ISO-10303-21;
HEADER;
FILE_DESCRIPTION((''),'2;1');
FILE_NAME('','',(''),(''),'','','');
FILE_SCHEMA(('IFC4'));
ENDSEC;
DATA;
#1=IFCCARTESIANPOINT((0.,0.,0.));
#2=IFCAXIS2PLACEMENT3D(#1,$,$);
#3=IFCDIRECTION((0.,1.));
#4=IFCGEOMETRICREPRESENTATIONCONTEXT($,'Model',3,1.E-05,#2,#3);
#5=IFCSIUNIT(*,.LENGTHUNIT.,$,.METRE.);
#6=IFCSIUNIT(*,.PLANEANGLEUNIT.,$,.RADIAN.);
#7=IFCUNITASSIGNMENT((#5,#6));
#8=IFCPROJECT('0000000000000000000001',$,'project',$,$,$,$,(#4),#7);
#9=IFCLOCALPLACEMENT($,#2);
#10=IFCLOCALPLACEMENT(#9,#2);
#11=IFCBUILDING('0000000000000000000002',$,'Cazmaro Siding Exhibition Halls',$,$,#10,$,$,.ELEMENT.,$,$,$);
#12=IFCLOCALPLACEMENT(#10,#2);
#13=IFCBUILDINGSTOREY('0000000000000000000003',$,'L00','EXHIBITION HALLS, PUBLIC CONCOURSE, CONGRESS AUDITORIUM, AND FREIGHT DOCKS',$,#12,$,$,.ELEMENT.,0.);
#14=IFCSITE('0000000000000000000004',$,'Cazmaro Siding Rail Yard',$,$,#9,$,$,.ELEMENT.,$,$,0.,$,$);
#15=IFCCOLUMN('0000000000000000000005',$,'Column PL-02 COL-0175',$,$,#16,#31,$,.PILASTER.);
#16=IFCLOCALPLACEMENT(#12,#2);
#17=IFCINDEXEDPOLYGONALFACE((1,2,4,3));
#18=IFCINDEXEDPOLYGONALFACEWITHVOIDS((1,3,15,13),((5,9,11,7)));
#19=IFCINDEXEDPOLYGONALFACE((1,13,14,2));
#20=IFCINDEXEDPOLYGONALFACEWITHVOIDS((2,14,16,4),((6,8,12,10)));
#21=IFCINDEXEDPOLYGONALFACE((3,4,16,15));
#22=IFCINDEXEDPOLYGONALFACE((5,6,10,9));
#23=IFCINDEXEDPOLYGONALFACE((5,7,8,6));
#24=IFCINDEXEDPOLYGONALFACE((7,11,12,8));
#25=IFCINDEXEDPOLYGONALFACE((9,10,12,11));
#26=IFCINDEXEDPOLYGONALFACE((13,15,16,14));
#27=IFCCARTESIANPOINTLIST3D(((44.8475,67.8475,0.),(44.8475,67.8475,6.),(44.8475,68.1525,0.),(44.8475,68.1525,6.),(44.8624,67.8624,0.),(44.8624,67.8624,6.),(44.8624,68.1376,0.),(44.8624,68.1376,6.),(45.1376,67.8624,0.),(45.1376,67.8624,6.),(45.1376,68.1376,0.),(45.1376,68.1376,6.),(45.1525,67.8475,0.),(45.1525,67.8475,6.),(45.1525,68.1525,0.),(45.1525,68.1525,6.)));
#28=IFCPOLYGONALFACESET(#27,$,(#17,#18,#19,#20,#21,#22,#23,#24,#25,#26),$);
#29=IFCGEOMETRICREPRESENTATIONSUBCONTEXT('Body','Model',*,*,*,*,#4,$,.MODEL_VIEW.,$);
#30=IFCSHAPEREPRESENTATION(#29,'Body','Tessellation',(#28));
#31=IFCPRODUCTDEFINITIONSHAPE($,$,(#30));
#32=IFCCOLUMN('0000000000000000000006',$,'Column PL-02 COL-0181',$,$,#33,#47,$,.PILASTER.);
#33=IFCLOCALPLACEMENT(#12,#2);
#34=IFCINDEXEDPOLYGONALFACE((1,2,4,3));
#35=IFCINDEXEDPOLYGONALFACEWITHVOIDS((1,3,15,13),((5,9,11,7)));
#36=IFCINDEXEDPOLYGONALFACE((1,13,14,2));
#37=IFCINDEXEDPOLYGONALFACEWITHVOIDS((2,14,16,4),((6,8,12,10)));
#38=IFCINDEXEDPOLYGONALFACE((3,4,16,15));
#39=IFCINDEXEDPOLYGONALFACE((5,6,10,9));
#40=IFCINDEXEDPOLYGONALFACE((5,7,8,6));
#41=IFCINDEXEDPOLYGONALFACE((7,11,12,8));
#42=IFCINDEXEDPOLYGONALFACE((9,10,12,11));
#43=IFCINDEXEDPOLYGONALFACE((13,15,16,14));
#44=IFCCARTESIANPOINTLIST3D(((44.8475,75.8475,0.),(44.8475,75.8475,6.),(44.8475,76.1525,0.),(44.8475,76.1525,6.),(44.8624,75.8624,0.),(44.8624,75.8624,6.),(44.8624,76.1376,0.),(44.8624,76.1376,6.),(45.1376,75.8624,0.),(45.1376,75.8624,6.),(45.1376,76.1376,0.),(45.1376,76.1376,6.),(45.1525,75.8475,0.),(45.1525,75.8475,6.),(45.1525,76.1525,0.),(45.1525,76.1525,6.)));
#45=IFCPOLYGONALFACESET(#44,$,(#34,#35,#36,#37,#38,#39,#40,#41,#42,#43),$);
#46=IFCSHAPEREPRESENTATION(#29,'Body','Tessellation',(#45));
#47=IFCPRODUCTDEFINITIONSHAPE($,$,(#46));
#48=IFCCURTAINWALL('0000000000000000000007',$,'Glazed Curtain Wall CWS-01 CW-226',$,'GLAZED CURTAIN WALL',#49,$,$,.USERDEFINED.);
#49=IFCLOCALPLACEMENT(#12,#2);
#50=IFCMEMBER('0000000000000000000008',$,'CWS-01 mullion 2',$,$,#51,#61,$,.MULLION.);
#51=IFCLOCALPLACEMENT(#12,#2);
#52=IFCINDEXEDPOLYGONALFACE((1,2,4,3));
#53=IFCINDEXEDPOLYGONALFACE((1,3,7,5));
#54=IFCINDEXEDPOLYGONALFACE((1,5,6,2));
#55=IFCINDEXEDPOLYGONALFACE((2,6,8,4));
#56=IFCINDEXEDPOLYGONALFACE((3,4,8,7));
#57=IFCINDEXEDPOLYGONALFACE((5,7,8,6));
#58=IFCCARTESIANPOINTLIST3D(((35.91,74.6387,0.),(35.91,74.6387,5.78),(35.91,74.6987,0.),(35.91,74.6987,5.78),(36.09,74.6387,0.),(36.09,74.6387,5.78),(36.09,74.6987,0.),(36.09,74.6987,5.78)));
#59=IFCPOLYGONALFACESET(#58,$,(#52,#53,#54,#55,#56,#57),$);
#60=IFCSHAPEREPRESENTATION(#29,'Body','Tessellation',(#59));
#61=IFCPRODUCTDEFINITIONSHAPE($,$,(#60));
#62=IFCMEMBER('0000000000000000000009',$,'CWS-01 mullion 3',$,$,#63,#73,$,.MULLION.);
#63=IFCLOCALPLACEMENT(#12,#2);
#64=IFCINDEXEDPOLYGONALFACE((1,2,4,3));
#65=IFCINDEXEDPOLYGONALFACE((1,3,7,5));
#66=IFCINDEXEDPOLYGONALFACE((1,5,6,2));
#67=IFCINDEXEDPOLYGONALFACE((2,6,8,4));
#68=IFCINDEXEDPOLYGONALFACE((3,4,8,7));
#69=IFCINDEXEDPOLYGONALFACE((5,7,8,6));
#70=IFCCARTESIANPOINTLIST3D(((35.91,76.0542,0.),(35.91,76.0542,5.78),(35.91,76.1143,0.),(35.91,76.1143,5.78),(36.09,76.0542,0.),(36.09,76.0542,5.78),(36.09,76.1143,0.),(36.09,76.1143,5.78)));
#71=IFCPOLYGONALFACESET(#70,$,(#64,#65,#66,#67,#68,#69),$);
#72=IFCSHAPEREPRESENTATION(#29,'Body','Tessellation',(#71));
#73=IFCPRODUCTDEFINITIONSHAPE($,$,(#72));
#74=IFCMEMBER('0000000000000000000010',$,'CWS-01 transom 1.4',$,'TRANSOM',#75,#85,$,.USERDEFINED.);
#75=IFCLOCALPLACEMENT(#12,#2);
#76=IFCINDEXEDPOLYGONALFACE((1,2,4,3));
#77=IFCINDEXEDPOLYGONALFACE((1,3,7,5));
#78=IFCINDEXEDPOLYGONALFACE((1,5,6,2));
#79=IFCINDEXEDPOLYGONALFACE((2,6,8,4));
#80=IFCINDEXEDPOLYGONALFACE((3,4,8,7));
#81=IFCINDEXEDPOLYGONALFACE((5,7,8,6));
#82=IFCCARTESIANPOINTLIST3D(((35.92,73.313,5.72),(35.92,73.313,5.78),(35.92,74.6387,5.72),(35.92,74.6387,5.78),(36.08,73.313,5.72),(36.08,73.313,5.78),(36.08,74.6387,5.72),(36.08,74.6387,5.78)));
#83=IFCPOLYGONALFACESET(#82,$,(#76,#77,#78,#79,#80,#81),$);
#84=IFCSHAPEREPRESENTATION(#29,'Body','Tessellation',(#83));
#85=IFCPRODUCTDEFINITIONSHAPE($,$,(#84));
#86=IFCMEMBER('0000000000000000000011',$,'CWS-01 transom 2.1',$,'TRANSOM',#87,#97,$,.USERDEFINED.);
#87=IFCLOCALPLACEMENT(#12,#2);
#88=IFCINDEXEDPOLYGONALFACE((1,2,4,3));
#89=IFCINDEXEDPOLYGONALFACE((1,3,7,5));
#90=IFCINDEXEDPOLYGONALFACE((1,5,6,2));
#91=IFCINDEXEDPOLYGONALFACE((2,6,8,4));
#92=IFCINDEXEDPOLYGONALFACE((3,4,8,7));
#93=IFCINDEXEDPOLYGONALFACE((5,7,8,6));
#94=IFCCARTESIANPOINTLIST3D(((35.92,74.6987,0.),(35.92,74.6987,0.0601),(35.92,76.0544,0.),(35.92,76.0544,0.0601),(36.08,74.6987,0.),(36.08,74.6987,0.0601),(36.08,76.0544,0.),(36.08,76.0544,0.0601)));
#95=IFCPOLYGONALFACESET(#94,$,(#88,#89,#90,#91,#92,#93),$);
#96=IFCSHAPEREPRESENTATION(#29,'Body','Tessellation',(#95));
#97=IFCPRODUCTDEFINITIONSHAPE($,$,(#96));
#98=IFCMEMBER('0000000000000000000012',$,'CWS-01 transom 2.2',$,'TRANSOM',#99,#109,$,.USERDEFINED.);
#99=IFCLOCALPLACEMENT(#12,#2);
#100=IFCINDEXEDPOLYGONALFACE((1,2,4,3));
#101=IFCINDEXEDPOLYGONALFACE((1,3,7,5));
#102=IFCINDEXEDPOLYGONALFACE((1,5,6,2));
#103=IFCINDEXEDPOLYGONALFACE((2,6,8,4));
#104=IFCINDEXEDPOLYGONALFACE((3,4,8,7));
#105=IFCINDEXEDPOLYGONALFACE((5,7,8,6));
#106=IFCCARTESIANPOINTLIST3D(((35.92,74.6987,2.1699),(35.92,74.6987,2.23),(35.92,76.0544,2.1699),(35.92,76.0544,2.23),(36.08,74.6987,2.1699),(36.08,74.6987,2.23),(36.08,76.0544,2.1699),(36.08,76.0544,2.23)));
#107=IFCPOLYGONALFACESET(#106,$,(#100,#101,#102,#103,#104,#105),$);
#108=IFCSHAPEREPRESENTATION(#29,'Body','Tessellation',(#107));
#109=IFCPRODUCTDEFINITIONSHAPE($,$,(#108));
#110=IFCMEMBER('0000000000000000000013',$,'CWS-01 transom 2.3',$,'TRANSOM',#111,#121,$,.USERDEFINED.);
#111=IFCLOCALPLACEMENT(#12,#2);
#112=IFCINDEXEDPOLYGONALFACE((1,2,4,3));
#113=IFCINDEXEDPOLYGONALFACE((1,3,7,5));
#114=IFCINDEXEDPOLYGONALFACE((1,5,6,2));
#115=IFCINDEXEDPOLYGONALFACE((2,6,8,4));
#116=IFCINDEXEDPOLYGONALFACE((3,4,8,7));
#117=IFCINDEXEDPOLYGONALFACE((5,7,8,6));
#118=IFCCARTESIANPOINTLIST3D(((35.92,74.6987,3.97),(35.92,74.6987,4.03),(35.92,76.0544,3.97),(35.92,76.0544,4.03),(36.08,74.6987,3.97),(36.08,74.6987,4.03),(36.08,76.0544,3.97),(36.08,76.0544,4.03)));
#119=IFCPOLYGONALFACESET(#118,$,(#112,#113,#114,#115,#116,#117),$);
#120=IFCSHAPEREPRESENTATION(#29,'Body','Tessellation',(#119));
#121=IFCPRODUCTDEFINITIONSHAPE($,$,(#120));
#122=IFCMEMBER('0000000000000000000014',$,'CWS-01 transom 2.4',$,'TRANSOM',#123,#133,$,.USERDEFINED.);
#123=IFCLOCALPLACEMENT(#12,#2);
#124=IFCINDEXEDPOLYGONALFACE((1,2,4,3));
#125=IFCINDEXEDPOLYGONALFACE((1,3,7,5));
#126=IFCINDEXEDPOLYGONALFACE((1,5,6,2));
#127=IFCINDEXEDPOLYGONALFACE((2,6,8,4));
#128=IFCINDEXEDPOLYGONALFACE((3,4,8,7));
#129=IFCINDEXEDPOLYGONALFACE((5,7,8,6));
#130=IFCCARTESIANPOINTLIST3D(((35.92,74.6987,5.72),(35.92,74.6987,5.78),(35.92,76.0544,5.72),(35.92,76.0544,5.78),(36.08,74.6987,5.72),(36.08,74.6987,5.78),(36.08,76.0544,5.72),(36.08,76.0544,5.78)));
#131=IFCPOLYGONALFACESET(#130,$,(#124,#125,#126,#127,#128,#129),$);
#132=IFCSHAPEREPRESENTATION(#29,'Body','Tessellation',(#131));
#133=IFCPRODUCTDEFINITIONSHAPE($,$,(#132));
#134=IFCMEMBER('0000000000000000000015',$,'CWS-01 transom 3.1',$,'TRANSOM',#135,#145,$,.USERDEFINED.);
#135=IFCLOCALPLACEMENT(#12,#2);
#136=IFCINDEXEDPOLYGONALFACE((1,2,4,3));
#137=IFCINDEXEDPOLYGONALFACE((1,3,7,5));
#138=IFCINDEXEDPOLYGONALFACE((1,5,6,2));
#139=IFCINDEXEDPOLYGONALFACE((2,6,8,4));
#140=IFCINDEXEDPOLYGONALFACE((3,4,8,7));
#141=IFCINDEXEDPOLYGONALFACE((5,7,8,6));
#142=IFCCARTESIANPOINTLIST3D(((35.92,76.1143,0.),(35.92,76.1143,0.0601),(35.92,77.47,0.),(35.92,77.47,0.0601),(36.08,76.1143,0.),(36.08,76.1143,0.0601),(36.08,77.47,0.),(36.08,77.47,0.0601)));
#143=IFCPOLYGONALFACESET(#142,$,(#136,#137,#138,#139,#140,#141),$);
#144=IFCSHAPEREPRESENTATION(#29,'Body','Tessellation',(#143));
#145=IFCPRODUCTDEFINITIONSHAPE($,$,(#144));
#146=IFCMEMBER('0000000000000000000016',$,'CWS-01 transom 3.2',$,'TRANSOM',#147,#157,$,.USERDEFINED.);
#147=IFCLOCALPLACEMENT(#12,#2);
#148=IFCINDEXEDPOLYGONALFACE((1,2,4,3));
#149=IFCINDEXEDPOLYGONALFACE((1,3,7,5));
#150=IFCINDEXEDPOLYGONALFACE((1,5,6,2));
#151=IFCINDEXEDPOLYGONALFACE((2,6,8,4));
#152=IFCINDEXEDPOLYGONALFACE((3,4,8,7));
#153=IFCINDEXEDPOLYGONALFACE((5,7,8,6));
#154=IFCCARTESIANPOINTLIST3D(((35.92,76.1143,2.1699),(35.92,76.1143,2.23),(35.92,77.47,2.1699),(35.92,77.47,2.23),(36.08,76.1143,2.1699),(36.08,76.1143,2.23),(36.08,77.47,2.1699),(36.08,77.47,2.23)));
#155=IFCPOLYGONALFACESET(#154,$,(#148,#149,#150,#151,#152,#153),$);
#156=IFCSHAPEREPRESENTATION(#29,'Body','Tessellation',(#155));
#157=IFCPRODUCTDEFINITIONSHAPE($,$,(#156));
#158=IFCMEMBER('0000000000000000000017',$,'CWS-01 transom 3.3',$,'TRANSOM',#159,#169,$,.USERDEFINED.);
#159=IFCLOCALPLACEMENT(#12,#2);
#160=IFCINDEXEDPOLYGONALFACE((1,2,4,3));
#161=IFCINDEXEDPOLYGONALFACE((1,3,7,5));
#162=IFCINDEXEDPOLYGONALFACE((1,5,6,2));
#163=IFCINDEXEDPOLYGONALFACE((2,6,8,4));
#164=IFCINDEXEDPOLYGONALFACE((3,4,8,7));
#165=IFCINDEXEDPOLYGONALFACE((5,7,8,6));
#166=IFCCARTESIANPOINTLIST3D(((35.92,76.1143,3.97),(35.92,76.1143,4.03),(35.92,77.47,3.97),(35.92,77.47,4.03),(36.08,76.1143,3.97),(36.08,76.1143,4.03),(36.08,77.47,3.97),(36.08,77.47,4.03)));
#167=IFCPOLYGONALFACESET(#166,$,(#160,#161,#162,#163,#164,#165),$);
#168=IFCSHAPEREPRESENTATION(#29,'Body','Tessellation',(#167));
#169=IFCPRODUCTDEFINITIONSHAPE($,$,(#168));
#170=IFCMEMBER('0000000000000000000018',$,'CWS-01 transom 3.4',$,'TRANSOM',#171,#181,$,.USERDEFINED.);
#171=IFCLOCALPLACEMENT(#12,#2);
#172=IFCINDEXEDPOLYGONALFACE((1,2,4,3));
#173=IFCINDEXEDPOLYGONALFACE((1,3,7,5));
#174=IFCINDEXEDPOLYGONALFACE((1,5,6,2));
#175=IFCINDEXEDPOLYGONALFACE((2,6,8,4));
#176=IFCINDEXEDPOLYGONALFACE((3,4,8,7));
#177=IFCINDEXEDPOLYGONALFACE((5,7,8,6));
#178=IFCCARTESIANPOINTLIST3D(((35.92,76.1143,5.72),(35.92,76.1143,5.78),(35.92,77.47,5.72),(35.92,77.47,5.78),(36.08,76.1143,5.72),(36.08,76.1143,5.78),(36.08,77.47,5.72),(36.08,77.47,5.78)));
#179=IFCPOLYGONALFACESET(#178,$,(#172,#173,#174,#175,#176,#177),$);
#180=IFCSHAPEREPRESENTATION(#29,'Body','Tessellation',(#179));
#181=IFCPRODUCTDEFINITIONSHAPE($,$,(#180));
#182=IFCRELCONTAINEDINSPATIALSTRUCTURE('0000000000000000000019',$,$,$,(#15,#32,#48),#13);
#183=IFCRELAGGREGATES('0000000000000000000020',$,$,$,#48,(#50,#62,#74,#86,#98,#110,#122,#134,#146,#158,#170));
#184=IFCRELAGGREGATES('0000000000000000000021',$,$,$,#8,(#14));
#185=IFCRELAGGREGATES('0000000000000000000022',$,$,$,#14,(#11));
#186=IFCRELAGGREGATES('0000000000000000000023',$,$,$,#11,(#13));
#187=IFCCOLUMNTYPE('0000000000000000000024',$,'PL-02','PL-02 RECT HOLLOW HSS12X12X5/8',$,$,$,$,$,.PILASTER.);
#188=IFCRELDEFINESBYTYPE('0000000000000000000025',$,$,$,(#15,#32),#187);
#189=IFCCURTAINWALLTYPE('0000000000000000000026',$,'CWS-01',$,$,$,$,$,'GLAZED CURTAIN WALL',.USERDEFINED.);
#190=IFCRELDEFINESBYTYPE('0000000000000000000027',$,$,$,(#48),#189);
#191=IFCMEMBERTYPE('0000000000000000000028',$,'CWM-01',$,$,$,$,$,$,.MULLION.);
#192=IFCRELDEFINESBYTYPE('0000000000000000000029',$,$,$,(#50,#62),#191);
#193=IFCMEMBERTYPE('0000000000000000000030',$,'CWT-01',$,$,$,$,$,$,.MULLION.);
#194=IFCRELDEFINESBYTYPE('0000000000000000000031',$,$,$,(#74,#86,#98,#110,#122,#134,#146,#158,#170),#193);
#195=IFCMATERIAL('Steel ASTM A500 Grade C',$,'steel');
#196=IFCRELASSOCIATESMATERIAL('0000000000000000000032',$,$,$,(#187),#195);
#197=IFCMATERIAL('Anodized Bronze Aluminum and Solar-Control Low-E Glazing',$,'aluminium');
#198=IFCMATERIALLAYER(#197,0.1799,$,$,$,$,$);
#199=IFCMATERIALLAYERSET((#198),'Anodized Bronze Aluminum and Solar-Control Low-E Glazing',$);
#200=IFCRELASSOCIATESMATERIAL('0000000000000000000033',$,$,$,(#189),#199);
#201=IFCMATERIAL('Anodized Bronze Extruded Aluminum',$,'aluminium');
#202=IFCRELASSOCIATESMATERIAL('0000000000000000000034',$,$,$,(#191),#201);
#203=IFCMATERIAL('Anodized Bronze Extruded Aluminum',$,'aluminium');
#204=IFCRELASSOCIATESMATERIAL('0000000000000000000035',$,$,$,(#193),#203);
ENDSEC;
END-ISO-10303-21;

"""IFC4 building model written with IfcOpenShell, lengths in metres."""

from ifc_helpers import new_model, si_unit, direction, frame, origin, origin_2d, place, context, subcontext, project, spatial, rectangle, hollow_rectangle, extrude, material, layer, layer_set, material_profile, profile_set, type_object, element, aggregate, save


model = new_model("IFC4")

# Units and contexts
model_context = context("Model", 3, precision=1e-05, world=origin(), true_north=direction((0.0, 1.0)))
body_context = subcontext(model_context, "Body", "Model", "MODEL_VIEW")
ifc_project = project(units=[si_unit("LENGTHUNIT", "METRE"), si_unit("PLANEANGLEUNIT", "RADIAN")], contexts=[model_context])

# Site, building, storey
site_placement = place(None, origin())
site = spatial("IfcSite", under=ifc_project, at=site_placement, Name="Cazmaro Siding Rail Yard", CompositionType="ELEMENT", RefElevation=0.0)
building_placement = place(site_placement, origin())
building = spatial("IfcBuilding", under=site, at=building_placement, Name="Cazmaro Siding Exhibition Halls", CompositionType="ELEMENT")
storey_placement = place(building_placement, origin())
storey = spatial("IfcBuildingStorey", under=building, at=storey_placement, Name="L00", Description="EXHIBITION HALLS, PUBLIC CONCOURSE, CONGRESS AUDITORIUM, AND FREIGHT DOCKS", CompositionType="ELEMENT", Elevation=0.0)

# Columns
ifc_material_1 = material(Name="Steel ASTM A500 Grade C", Category="steel")
ifc_material_profile_1 = material_profile(ifc_material_1, hollow_rectangle(XDim=0.3049, YDim=0.3049, WallThickness=0.0149, at=origin_2d()), Name="HSS12X12X5/8")
ifc_profile_set_1 = profile_set([ifc_material_profile_1], Name="Steel ASTM A500 Grade C")
column_type_1 = type_object("IfcColumnType", Name="PL-02", Description="PL-02 RECT HOLLOW HSS12X12X5/8", PredefinedType="PILASTER", material=ifc_profile_set_1)
for number, where, z_axis, x_axis, name in (
    (1, (45.0, 68.0, 0.0), (0.0, 0.0, 1.0), (1.0, 0.0, 0.0), "Column PL-02 COL-0175"),
    (2, (45.0, 76.0, 0.0), (0.0, 0.0, 1.0), (1.0, 0.0, 0.0), "Column PL-02 COL-0181"),
):
    element("IfcColumn", number, at=place(storey_placement, frame(where, z_axis=z_axis, x_axis=x_axis)), inside=storey, type_object=column_type_1, Name=name, PredefinedType="PILASTER", context=body_context, shape_type="SweptSolid", body=[
        extrude(hollow_rectangle(XDim=0.3049, YDim=0.3049, WallThickness=0.0149, at=origin_2d()), origin(), (0.0, 0.0, 1.0), 6.0),
    ])

# Curtain wall, members
ifc_material_2 = material(Name="Anodized Bronze Aluminum and Solar-Control Low-E Glazing", Category="aluminium")
ifc_layer_1 = layer(ifc_material_2, 0.1799)
ifc_layer_set_1 = layer_set([ifc_layer_1], Name="Anodized Bronze Aluminum and Solar-Control Low-E Glazing")
curtain_wall_type = type_object("IfcCurtainWallType", Name="CWS-01", ElementType="GLAZED CURTAIN WALL", PredefinedType="USERDEFINED", material=ifc_layer_set_1)
curtain_wall_placement = place(storey_placement, origin())
curtain_wall = element("IfcCurtainWall", 3, at=curtain_wall_placement, inside=storey, type_object=curtain_wall_type, Name="Glazed Curtain Wall CWS-01 CW-226", ObjectType="GLAZED CURTAIN WALL", PredefinedType="USERDEFINED")
ifc_material_3 = material(Name="Anodized Bronze Extruded Aluminum", Category="aluminium")
ifc_material_profile_2 = material_profile(ifc_material_3, rectangle(XDim=0.1799, YDim=0.0601, at=origin_2d()), Name="CWM-01")
ifc_profile_set_2 = profile_set([ifc_material_profile_2], Name="Anodized Bronze Extruded Aluminum")
member_type_1 = type_object("IfcMemberType", Name="CWM-01", PredefinedType="MULLION", material=ifc_profile_set_2)
member_1_placement = place(storey_placement, frame((36.0, 74.6687, 0.0), z_axis=(0.0, 0.0, 1.0), x_axis=(-1.0, 0.0, 0.0)))
member_1 = element("IfcMember", 4, at=member_1_placement, type_object=member_type_1, Name="CWS-01 mullion 2", PredefinedType="MULLION", context=body_context, shape_type="SweptSolid", body=[
    extrude(rectangle(XDim=0.1799, YDim=0.0601, at=origin_2d()), origin(), (0.0, 0.0, 1.0), 5.78),
])
member_2_placement = place(storey_placement, frame((36.0, 76.0842, 0.0), z_axis=(0.0, 0.0, 1.0), x_axis=(-1.0, 0.0, 0.0)))
member_2 = element("IfcMember", 5, at=member_2_placement, type_object=member_type_1, Name="CWS-01 mullion 3", PredefinedType="MULLION", context=body_context, shape_type="SweptSolid", body=[
    extrude(rectangle(XDim=0.1799, YDim=0.0601, at=origin_2d()), origin(), (0.0, 0.0, 1.0), 5.78),
])
ifc_material_4 = material(Name="Anodized Bronze Extruded Aluminum", Category="aluminium")
ifc_material_profile_3 = material_profile(ifc_material_4, rectangle(XDim=0.1599, YDim=0.0601, at=origin_2d()), Name="CWT-01")
ifc_profile_set_3 = profile_set([ifc_material_profile_3], Name="Anodized Bronze Extruded Aluminum")
member_type_2 = type_object("IfcMemberType", Name="CWT-01", PredefinedType="MULLION", material=ifc_profile_set_3)
member_3_placement = place(storey_placement, frame((36.0, 73.313, 5.75), z_axis=(0.0, 1.0, 0.0), x_axis=(-1.0, 0.0, 0.0)))
member_3 = element("IfcMember", 6, at=member_3_placement, type_object=member_type_2, Name="CWS-01 transom 1.4", ObjectType="TRANSOM", PredefinedType="USERDEFINED", context=body_context, shape_type="SweptSolid", body=[
    extrude(rectangle(XDim=0.1599, YDim=0.0601, at=origin_2d()), origin(), (0.0, 0.0, 1.0), 1.3257),
])
member_4_placement = place(storey_placement, frame((36.0, 74.6987, 0.03), z_axis=(0.0, 1.0, 0.0), x_axis=(-1.0, 0.0, 0.0)))
member_4 = element("IfcMember", 7, at=member_4_placement, type_object=member_type_2, Name="CWS-01 transom 2.1", ObjectType="TRANSOM", PredefinedType="USERDEFINED", context=body_context, shape_type="SweptSolid", body=[
    extrude(rectangle(XDim=0.1599, YDim=0.0601, at=origin_2d()), origin(), (0.0, 0.0, 1.0), 1.3557),
])
member_5_placement = place(storey_placement, frame((36.0, 74.6987, 2.2), z_axis=(0.0, 1.0, 0.0), x_axis=(-1.0, 0.0, 0.0)))
member_5 = element("IfcMember", 8, at=member_5_placement, type_object=member_type_2, Name="CWS-01 transom 2.2", ObjectType="TRANSOM", PredefinedType="USERDEFINED", context=body_context, shape_type="SweptSolid", body=[
    extrude(rectangle(XDim=0.1599, YDim=0.0601, at=origin_2d()), origin(), (0.0, 0.0, 1.0), 1.3557),
])
member_6_placement = place(storey_placement, frame((36.0, 74.6987, 4.0), z_axis=(0.0, 1.0, 0.0), x_axis=(-1.0, 0.0, 0.0)))
member_6 = element("IfcMember", 9, at=member_6_placement, type_object=member_type_2, Name="CWS-01 transom 2.3", ObjectType="TRANSOM", PredefinedType="USERDEFINED", context=body_context, shape_type="SweptSolid", body=[
    extrude(rectangle(XDim=0.1599, YDim=0.0601, at=origin_2d()), origin(), (0.0, 0.0, 1.0), 1.3557),
])
member_7_placement = place(storey_placement, frame((36.0, 74.6987, 5.75), z_axis=(0.0, 1.0, 0.0), x_axis=(-1.0, 0.0, 0.0)))
member_7 = element("IfcMember", 10, at=member_7_placement, type_object=member_type_2, Name="CWS-01 transom 2.4", ObjectType="TRANSOM", PredefinedType="USERDEFINED", context=body_context, shape_type="SweptSolid", body=[
    extrude(rectangle(XDim=0.1599, YDim=0.0601, at=origin_2d()), origin(), (0.0, 0.0, 1.0), 1.3557),
])
member_8_placement = place(storey_placement, frame((36.0, 76.1143, 0.03), z_axis=(0.0, 1.0, 0.0), x_axis=(-1.0, 0.0, 0.0)))
member_8 = element("IfcMember", 11, at=member_8_placement, type_object=member_type_2, Name="CWS-01 transom 3.1", ObjectType="TRANSOM", PredefinedType="USERDEFINED", context=body_context, shape_type="SweptSolid", body=[
    extrude(rectangle(XDim=0.1599, YDim=0.0601, at=origin_2d()), origin(), (0.0, 0.0, 1.0), 1.3557),
])
member_9_placement = place(storey_placement, frame((36.0, 76.1143, 2.2), z_axis=(0.0, 1.0, 0.0), x_axis=(-1.0, 0.0, 0.0)))
member_9 = element("IfcMember", 12, at=member_9_placement, type_object=member_type_2, Name="CWS-01 transom 3.2", ObjectType="TRANSOM", PredefinedType="USERDEFINED", context=body_context, shape_type="SweptSolid", body=[
    extrude(rectangle(XDim=0.1599, YDim=0.0601, at=origin_2d()), origin(), (0.0, 0.0, 1.0), 1.3557),
])
member_10_placement = place(storey_placement, frame((36.0, 76.1143, 4.0), z_axis=(0.0, 1.0, 0.0), x_axis=(-1.0, 0.0, 0.0)))
member_10 = element("IfcMember", 13, at=member_10_placement, type_object=member_type_2, Name="CWS-01 transom 3.3", ObjectType="TRANSOM", PredefinedType="USERDEFINED", context=body_context, shape_type="SweptSolid", body=[
    extrude(rectangle(XDim=0.1599, YDim=0.0601, at=origin_2d()), origin(), (0.0, 0.0, 1.0), 1.3557),
])
member_11_placement = place(storey_placement, frame((36.0, 76.1143, 5.75), z_axis=(0.0, 1.0, 0.0), x_axis=(-1.0, 0.0, 0.0)))
member_11 = element("IfcMember", 14, at=member_11_placement, type_object=member_type_2, Name="CWS-01 transom 3.4", ObjectType="TRANSOM", PredefinedType="USERDEFINED", context=body_context, shape_type="SweptSolid", body=[
    extrude(rectangle(XDim=0.1599, YDim=0.0601, at=origin_2d()), origin(), (0.0, 0.0, 1.0), 1.3557),
])

aggregate(curtain_wall, [member_1, member_2, member_3, member_4, member_5, member_6, member_7, member_8, member_9, member_10, member_11])

save(model, "model.ifc")
